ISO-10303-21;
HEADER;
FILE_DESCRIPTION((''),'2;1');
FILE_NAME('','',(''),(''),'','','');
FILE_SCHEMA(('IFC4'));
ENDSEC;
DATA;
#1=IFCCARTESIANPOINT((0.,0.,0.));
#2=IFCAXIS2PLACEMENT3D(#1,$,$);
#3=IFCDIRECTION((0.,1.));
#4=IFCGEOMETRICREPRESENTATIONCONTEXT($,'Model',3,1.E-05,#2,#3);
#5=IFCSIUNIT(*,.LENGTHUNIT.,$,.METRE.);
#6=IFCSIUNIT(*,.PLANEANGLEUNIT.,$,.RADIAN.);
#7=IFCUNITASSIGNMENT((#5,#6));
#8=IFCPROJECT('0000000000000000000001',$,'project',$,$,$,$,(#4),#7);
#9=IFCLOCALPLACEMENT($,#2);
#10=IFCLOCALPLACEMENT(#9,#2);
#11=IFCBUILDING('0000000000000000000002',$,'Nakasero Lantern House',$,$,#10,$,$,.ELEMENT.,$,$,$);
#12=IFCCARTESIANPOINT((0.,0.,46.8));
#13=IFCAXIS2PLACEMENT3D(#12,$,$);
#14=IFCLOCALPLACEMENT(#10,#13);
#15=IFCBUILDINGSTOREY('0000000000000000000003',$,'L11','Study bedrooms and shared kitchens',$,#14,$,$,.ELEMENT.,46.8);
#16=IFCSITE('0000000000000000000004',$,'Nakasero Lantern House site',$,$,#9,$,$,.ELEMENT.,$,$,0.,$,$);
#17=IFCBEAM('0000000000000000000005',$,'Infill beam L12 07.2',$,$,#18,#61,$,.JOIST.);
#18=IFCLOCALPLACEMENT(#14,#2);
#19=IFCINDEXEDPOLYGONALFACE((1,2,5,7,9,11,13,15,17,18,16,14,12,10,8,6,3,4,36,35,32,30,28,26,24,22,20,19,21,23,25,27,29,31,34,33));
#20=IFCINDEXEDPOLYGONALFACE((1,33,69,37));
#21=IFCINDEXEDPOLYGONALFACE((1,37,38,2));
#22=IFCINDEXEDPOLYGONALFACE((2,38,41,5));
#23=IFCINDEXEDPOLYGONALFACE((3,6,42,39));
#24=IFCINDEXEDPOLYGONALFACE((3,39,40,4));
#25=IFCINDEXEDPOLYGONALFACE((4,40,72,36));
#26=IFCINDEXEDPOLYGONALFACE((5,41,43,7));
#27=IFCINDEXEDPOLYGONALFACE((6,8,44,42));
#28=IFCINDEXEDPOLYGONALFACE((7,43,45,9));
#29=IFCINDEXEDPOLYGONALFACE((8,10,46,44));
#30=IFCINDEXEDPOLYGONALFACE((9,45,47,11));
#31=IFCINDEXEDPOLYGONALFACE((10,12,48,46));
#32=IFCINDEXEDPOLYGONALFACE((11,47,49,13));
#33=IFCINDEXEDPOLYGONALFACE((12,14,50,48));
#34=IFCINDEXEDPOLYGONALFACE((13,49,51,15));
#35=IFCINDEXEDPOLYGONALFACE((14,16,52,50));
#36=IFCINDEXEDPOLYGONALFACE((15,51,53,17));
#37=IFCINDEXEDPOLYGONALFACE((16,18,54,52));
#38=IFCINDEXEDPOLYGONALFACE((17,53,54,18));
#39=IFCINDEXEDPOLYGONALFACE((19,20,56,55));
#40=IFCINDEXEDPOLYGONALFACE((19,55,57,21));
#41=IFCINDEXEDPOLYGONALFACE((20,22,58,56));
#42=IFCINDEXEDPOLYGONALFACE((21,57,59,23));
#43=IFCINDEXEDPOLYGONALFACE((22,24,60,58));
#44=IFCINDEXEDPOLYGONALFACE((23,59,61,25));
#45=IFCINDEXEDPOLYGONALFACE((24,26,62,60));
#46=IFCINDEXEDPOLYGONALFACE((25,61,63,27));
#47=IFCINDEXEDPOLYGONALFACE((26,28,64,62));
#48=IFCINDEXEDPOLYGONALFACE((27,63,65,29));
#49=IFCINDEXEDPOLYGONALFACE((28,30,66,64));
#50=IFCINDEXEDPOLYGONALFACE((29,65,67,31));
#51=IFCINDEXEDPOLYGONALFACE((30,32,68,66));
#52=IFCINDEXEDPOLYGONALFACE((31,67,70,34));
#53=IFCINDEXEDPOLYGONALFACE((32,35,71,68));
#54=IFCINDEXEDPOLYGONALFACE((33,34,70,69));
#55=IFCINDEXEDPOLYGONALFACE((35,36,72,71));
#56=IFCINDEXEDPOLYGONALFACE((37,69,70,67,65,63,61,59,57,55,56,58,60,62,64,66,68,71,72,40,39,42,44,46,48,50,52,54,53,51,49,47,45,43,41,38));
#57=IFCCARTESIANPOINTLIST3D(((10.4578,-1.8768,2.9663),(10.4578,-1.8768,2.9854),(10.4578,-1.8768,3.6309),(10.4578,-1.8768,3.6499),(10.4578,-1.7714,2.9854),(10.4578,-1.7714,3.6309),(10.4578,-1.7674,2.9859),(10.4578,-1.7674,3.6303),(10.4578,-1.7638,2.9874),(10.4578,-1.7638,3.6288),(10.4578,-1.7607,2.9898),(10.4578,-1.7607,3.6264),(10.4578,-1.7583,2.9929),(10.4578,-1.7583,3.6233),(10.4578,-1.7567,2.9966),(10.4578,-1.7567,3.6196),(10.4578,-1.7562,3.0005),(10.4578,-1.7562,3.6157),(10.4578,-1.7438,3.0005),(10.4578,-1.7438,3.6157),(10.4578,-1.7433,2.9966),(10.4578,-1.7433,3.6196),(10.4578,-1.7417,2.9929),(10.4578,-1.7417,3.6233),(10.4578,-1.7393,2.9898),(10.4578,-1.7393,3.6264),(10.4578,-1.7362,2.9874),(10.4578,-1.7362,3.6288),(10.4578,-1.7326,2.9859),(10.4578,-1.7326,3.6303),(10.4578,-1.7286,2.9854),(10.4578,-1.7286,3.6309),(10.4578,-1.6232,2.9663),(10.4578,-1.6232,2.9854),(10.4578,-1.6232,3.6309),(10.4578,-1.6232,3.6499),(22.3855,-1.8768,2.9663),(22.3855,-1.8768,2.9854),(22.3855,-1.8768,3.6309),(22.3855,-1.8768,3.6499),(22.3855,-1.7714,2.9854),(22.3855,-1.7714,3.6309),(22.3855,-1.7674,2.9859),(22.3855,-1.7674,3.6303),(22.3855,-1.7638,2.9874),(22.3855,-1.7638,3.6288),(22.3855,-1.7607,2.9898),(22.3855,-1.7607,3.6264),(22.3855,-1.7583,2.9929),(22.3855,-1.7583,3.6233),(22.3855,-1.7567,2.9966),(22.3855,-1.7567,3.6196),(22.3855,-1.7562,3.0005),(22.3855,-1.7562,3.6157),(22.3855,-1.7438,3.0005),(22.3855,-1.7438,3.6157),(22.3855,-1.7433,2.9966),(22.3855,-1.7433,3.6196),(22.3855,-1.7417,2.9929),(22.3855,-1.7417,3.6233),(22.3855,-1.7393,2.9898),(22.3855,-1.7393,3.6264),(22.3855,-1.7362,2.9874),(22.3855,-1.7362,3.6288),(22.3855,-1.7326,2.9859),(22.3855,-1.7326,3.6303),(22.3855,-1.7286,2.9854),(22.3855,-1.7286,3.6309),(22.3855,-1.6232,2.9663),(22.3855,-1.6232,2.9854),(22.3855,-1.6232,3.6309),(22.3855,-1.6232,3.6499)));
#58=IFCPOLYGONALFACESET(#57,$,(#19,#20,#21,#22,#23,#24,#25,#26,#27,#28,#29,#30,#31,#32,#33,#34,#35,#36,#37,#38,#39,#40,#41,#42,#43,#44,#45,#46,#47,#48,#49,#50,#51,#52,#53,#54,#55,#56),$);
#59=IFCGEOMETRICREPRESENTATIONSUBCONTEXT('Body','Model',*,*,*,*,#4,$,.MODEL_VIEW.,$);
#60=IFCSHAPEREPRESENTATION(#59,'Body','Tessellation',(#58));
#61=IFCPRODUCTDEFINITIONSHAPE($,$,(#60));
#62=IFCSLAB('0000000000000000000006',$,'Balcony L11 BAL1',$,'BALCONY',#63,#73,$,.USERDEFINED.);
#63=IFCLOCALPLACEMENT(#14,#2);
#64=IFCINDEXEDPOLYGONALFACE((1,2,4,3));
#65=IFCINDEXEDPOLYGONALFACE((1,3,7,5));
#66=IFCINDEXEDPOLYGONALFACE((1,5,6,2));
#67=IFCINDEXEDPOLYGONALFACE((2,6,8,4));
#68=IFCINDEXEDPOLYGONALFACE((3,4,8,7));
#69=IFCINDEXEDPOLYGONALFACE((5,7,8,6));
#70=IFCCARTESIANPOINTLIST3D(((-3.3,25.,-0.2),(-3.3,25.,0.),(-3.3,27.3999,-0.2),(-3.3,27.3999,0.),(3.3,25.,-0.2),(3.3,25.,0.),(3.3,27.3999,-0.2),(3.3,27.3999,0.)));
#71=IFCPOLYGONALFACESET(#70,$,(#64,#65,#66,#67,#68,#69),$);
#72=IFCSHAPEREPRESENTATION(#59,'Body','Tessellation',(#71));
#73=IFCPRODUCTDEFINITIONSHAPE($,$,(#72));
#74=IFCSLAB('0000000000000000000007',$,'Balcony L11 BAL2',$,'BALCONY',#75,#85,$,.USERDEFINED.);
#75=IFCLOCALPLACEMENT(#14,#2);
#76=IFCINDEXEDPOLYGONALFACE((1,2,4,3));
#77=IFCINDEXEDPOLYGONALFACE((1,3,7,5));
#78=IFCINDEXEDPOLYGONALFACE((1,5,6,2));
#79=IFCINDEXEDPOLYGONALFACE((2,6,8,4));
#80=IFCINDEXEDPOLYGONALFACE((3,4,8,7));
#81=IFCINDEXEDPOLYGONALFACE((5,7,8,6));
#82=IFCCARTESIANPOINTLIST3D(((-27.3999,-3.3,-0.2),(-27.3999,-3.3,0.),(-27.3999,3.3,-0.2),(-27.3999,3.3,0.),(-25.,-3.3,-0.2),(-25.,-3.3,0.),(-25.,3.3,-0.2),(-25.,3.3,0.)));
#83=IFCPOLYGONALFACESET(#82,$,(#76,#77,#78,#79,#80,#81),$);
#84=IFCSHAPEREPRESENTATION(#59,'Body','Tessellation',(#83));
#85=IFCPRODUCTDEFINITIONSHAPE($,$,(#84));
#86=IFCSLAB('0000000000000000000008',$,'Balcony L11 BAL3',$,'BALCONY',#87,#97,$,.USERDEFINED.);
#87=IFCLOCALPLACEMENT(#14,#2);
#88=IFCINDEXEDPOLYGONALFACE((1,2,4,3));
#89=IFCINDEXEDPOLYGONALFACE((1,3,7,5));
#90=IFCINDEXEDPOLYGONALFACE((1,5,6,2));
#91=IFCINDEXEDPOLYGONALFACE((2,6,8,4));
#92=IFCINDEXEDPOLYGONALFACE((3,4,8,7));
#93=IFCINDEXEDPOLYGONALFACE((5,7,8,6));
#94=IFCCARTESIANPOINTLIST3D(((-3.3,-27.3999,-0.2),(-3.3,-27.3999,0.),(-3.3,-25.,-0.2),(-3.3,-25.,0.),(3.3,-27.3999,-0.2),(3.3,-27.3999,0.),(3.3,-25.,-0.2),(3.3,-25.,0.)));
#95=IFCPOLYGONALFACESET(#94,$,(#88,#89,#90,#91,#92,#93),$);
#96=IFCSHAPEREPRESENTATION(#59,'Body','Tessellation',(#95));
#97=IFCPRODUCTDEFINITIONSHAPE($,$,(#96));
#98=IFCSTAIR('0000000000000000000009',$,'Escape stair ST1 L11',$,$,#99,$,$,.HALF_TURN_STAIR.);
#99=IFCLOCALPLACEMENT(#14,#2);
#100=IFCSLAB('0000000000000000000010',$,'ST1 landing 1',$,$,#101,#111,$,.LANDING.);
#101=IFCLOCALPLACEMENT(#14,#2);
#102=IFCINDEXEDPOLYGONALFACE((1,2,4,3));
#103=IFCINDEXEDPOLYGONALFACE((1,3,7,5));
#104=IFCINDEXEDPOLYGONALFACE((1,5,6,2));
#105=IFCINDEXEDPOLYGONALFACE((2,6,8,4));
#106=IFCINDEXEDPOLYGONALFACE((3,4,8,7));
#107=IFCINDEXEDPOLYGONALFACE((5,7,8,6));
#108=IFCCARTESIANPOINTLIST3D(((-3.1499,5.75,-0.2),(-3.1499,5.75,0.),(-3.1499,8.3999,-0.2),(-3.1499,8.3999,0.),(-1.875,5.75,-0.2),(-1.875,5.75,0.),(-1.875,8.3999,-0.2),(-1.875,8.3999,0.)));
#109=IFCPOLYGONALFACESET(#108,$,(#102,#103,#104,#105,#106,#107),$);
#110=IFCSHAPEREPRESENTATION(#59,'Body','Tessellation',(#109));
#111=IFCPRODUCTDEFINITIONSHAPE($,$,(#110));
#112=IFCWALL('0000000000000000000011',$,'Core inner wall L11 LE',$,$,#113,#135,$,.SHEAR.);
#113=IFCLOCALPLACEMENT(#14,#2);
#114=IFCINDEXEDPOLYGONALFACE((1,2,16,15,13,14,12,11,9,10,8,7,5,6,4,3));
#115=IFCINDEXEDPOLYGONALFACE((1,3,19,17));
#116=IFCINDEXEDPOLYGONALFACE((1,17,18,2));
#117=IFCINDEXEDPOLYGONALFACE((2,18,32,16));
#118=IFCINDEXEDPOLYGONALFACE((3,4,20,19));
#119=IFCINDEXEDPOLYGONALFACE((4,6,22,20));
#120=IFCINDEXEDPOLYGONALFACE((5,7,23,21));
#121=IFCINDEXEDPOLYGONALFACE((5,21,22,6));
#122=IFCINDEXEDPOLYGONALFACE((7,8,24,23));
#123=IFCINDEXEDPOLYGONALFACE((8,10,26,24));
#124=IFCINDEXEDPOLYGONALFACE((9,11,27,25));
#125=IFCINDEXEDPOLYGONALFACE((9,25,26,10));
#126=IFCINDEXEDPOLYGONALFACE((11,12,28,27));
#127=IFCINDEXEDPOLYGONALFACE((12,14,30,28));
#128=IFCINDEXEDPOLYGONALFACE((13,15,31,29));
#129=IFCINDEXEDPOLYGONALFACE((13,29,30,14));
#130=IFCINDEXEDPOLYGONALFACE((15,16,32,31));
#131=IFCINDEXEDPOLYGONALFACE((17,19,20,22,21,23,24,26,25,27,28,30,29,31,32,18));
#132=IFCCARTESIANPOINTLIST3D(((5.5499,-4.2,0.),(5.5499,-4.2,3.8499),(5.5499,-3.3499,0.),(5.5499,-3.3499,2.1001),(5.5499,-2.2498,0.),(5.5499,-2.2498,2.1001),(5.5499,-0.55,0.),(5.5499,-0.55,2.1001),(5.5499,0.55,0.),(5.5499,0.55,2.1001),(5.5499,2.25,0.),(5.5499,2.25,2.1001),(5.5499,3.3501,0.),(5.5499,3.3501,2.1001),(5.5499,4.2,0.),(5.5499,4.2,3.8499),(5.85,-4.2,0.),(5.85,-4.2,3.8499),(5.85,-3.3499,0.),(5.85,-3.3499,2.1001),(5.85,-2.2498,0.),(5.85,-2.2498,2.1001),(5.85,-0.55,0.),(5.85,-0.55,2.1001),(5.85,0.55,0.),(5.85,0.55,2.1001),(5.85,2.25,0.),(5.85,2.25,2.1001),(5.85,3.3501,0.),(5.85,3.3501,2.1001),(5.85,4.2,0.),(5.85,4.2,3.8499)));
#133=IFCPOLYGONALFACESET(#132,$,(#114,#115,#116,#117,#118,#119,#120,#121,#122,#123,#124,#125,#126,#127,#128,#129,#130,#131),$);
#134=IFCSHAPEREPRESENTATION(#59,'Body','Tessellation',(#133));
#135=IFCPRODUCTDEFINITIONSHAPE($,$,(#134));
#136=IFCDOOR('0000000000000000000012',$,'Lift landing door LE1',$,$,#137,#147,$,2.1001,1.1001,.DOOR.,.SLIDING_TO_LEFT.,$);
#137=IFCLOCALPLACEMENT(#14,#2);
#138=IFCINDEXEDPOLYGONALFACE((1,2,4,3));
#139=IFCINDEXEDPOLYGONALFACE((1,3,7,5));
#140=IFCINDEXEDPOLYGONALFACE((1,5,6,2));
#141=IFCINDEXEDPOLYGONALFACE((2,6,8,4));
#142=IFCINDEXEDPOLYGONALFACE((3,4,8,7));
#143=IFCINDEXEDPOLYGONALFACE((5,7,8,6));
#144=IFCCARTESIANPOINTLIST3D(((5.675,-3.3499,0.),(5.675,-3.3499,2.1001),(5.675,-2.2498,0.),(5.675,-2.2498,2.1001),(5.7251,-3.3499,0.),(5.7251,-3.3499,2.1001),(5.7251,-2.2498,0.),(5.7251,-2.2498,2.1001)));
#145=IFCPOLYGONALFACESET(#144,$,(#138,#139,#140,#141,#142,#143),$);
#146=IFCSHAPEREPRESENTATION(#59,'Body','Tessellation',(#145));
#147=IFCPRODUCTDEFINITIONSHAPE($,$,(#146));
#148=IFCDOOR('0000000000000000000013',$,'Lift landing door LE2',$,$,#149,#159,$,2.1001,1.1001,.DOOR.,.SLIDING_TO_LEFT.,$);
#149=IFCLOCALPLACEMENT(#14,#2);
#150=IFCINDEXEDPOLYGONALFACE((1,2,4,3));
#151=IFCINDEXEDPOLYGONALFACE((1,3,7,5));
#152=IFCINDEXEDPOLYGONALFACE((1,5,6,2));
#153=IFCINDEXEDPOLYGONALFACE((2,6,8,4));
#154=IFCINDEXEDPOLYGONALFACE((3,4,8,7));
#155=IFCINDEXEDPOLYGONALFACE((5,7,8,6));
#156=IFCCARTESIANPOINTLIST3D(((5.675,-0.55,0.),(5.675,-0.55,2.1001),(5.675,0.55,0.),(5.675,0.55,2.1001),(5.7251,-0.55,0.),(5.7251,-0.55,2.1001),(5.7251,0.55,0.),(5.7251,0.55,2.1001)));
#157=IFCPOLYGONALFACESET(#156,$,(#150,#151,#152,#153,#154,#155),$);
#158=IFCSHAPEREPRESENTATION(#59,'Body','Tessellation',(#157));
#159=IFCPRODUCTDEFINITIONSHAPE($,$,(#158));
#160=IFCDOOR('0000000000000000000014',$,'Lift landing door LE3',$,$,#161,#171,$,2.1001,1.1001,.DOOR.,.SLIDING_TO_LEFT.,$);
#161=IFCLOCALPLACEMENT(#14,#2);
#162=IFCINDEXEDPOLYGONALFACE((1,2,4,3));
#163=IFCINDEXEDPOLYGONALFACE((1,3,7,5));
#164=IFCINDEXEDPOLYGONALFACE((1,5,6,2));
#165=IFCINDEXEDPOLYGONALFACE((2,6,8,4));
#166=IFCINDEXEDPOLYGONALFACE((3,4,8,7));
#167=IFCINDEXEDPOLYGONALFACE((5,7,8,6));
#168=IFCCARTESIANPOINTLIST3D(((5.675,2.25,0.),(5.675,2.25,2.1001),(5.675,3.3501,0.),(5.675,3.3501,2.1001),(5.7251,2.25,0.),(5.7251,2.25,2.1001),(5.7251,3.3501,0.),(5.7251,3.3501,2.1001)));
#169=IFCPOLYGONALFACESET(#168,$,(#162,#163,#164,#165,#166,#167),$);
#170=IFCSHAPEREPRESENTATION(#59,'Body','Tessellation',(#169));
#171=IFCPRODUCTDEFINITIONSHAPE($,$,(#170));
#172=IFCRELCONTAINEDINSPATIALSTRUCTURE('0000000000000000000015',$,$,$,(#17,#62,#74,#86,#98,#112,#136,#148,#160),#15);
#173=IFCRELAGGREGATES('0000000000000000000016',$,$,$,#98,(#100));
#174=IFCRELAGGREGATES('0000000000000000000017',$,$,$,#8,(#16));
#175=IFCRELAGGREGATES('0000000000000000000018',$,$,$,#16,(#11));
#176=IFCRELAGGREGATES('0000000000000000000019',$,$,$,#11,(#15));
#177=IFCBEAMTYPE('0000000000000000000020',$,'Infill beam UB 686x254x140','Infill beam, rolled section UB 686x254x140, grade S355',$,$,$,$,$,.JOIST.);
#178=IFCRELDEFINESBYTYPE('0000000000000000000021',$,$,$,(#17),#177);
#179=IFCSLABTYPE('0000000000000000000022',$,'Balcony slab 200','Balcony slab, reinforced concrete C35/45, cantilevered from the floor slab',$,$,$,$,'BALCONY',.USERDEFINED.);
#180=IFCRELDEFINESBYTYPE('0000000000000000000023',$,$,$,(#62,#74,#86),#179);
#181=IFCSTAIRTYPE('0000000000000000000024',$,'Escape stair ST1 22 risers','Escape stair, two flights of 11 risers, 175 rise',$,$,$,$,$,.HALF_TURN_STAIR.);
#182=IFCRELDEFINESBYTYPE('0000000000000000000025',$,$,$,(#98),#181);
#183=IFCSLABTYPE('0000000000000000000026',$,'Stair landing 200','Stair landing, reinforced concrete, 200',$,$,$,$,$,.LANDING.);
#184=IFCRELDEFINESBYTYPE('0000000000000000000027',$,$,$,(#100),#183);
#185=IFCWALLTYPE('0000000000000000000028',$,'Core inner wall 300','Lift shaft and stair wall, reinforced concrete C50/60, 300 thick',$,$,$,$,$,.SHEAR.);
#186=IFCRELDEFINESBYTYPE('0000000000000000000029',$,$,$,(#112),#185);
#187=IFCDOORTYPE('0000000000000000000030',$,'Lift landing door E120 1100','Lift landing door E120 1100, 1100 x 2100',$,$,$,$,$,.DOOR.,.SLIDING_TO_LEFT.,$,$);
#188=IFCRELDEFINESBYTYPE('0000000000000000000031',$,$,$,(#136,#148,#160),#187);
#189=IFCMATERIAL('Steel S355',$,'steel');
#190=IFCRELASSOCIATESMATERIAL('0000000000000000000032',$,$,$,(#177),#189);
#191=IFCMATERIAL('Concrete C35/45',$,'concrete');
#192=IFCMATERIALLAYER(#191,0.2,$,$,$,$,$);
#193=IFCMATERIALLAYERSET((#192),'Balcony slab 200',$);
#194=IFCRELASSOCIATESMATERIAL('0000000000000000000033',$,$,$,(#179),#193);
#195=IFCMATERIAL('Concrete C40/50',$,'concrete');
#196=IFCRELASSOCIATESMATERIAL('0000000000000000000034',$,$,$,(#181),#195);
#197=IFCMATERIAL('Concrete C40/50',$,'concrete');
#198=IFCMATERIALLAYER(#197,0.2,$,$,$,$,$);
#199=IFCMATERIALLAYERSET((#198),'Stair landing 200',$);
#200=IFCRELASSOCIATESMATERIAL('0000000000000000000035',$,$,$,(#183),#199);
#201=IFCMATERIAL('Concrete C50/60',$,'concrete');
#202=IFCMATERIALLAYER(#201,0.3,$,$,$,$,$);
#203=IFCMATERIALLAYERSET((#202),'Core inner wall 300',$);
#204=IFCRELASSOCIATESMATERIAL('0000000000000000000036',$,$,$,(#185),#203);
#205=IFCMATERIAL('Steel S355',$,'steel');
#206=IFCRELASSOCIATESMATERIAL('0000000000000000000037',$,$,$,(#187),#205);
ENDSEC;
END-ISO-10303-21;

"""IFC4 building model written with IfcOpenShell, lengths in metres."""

from ifc_helpers import new_model, si_unit, direction, frame, frame_2d, origin, origin_2d, place, context, subcontext, project, spatial, polyline, rectangle, i_section, outline, extrude, material, layer, layer_set, material_profile, profile_set, type_object, element, fill, aggregate, save


model = new_model("IFC4")

# Units and contexts
model_context = context("Model", 3, precision=1e-05, world=origin(), true_north=direction((0.0, 1.0)))
body_context = subcontext(model_context, "Body", "Model", "MODEL_VIEW")
ifc_project = project(units=[si_unit("LENGTHUNIT", "METRE"), si_unit("PLANEANGLEUNIT", "RADIAN")], contexts=[model_context])

# Site, building, storey
site_placement = place(None, origin())
site = spatial("IfcSite", under=ifc_project, at=site_placement, Name="Nakasero Lantern House site", CompositionType="ELEMENT", RefElevation=0.0)
building_placement = place(site_placement, origin())
building = spatial("IfcBuilding", under=site, at=building_placement, Name="Nakasero Lantern House", CompositionType="ELEMENT")
storey_placement = place(building_placement, frame((0.0, 0.0, 46.8)))
storey = spatial("IfcBuildingStorey", under=building, at=storey_placement, Name="L11", Description="Study bedrooms and shared kitchens", CompositionType="ELEMENT", Elevation=46.8)

# Beam
ifc_material_1 = material(Name="Steel S355", Category="steel")
ifc_material_profile_1 = material_profile(ifc_material_1, i_section(OverallWidth=0.2537, OverallDepth=0.6836, WebThickness=0.0125, FlangeThickness=0.019, FilletRadius=0.0151, at=origin_2d()), Name="UB 686x254x140")
ifc_profile_set_1 = profile_set([ifc_material_profile_1], Name="Steel S355")
beam_type_1 = type_object("IfcBeamType", Name="Infill beam UB 686x254x140", Description="Infill beam, rolled section UB 686x254x140, grade S355", PredefinedType="JOIST", material=ifc_profile_set_1)
beam_1_placement = place(storey_placement, frame((10.4578, -1.75, 3.3081), z_axis=(1.0, 0.0, 0.0), x_axis=(0.0, 1.0, 0.0)))
element("IfcBeam", 1, at=beam_1_placement, inside=storey, type_object=beam_type_1, Name="Infill beam L12 07.2", PredefinedType="JOIST", context=body_context, shape_type="SweptSolid", body=[
    extrude(i_section(OverallWidth=0.2537, OverallDepth=0.6836, WebThickness=0.0125, FlangeThickness=0.019, FilletRadius=0.0151, at=origin_2d()), origin(), (0.0, 0.0, 1.0), 11.9277),
])

# Slabs
ifc_material_2 = material(Name="Concrete C35/45", Category="concrete")
ifc_layer_1 = layer(ifc_material_2, 0.2)
ifc_layer_set_1 = layer_set([ifc_layer_1], Name="Balcony slab 200")
slab_type_1 = type_object("IfcSlabType", Name="Balcony slab 200", Description="Balcony slab, reinforced concrete C35/45, cantilevered from the floor slab", ElementType="BALCONY", PredefinedType="USERDEFINED", material=ifc_layer_set_1)
slab_1_placement = place(storey_placement, frame((0.0, 0.0, -0.2)))
element("IfcSlab", 2, at=slab_1_placement, inside=storey, type_object=slab_type_1, Name="Balcony L11 BAL1", ObjectType="BALCONY", PredefinedType="USERDEFINED", context=body_context, shape_type="SweptSolid", body=[
    extrude(outline(polyline([(3.3, 25.0), (3.3, 27.3999), (-3.3, 27.3999), (-3.3, 25.0), (3.3, 25.0)])), origin(), (0.0, 0.0, 1.0), 0.2),
])
slab_2_placement = place(storey_placement, frame((0.0, 0.0, -0.2)))
element("IfcSlab", 3, at=slab_2_placement, inside=storey, type_object=slab_type_1, Name="Balcony L11 BAL2", ObjectType="BALCONY", PredefinedType="USERDEFINED", context=body_context, shape_type="SweptSolid", body=[
    extrude(outline(polyline([(-25.0, 3.3), (-27.3999, 3.3), (-27.3999, -3.3), (-25.0, -3.3), (-25.0, 3.3)])), origin(), (0.0, 0.0, 1.0), 0.2),
])
slab_3_placement = place(storey_placement, frame((0.0, 0.0, -0.2)))
element("IfcSlab", 4, at=slab_3_placement, inside=storey, type_object=slab_type_1, Name="Balcony L11 BAL3", ObjectType="BALCONY", PredefinedType="USERDEFINED", context=body_context, shape_type="SweptSolid", body=[
    extrude(outline(polyline([(-3.3, -25.0), (-3.3, -27.3999), (3.3, -27.3999), (3.3, -25.0), (-3.3, -25.0)])), origin(), (0.0, 0.0, 1.0), 0.2),
])

# Stair, slab
ifc_material_3 = material(Name="Concrete C40/50", Category="concrete")
stair_type_1 = type_object("IfcStairType", Name="Escape stair ST1 22 risers", Description="Escape stair, two flights of 11 risers, 175 rise", PredefinedType="HALF_TURN_STAIR", material=ifc_material_3)
stair_1_placement = place(storey_placement, origin())
stair_1 = element("IfcStair", 5, at=stair_1_placement, inside=storey, type_object=stair_type_1, Name="Escape stair ST1 L11", PredefinedType="HALF_TURN_STAIR")
ifc_material_4 = material(Name="Concrete C40/50", Category="concrete")
ifc_layer_2 = layer(ifc_material_4, 0.2)
ifc_layer_set_2 = layer_set([ifc_layer_2], Name="Stair landing 200")
slab_type_2 = type_object("IfcSlabType", Name="Stair landing 200", Description="Stair landing, reinforced concrete, 200", PredefinedType="LANDING", material=ifc_layer_set_2)
slab_4_placement = place(storey_placement, frame((0.0, 0.0, -0.2)))
slab_4 = element("IfcSlab", 6, at=slab_4_placement, type_object=slab_type_2, Name="ST1 landing 1", PredefinedType="LANDING", context=body_context, shape_type="SweptSolid", body=[
    extrude(outline(polyline([(-3.1499, 5.75), (-1.875, 5.75), (-1.875, 8.3999), (-3.1499, 8.3999), (-3.1499, 5.75)])), origin(), (0.0, 0.0, 1.0), 0.2),
])
aggregate(stair_1, [slab_4])

# Wall, openings, doors
ifc_material_5 = material(Name="Concrete C50/60", Category="concrete")
ifc_layer_3 = layer(ifc_material_5, 0.3)
ifc_layer_set_3 = layer_set([ifc_layer_3], Name="Core inner wall 300")
wall_type_1 = type_object("IfcWallType", Name="Core inner wall 300", Description="Lift shaft and stair wall, reinforced concrete C50/60, 300 thick", PredefinedType="SHEAR", material=ifc_layer_set_3)
wall_1_placement = place(storey_placement, frame((5.7, -4.2, 0.0), z_axis=(0.0, 0.0, 1.0), x_axis=(0.0, 1.0, 0.0)))
wall_1 = element("IfcWall", 7, at=wall_1_placement, inside=storey, type_object=wall_type_1, Name="Core inner wall L11 LE", PredefinedType="SHEAR", context=body_context, shape_type="SweptSolid", body=[
    extrude(rectangle(XDim=8.3999, YDim=0.3, at=frame_2d((4.2, 0.0))), origin(), (0.0, 0.0, 1.0), 3.8499),
])
opening_1_placement = place(wall_1_placement, frame((0.8501, 0.0, 0.0)))
opening_1 = element("IfcOpeningElement", 8, at=opening_1_placement, cuts=wall_1, PredefinedType="OPENING", context=body_context, shape_type="SweptSolid", body=[
    extrude(rectangle(XDim=1.1001, YDim=2.1001, at=frame_2d((0.55, 1.05))), frame((0.0, 0.1699, 0.0), z_axis=(0.0, -1.0, 0.0), x_axis=(1.0, 0.0, 0.0)), (0.0, 0.0, 1.0), 0.3401),
])
opening_2_placement = place(wall_1_placement, frame((3.6499, 0.0, 0.0)))
opening_2 = element("IfcOpeningElement", 9, at=opening_2_placement, cuts=wall_1, PredefinedType="OPENING", context=body_context, shape_type="SweptSolid", body=[
    extrude(rectangle(XDim=1.1001, YDim=2.1001, at=frame_2d((0.55, 1.05))), frame((0.0, 0.1699, 0.0), z_axis=(0.0, -1.0, 0.0), x_axis=(1.0, 0.0, 0.0)), (0.0, 0.0, 1.0), 0.3401),
])
opening_3_placement = place(wall_1_placement, frame((6.45, 0.0, 0.0)))
opening_3 = element("IfcOpeningElement", 10, at=opening_3_placement, cuts=wall_1, PredefinedType="OPENING", context=body_context, shape_type="SweptSolid", body=[
    extrude(rectangle(XDim=1.1001, YDim=2.1001, at=frame_2d((0.55, 1.05))), frame((0.0, 0.1699, 0.0), z_axis=(0.0, -1.0, 0.0), x_axis=(1.0, 0.0, 0.0)), (0.0, 0.0, 1.0), 0.3401),
])
ifc_material_6 = material(Name="Steel S355", Category="steel")
door_type_1 = type_object("IfcDoorType", Name="Lift landing door E120 1100", Description="Lift landing door E120 1100, 1100 x 2100", OperationType="SLIDING_TO_LEFT", PredefinedType="DOOR", material=ifc_material_6)
door_1_placement = place(opening_1_placement, origin())
door_1 = element("IfcDoor", 11, at=door_1_placement, inside=storey, type_object=door_type_1, Name="Lift landing door LE1", OperationType="SLIDING_TO_LEFT", OverallHeight=2.1001, OverallWidth=1.1001, PredefinedType="DOOR", context=body_context, shape_type="SweptSolid", body=[
    extrude(rectangle(XDim=1.1001, YDim=2.1001, at=frame_2d((0.55, 1.05))), frame((0.0, 0.0249, 0.0), z_axis=(0.0, -1.0, 0.0), x_axis=(1.0, 0.0, 0.0)), (0.0, 0.0, 1.0), 0.05),
])
fill(opening_1, door_1)
door_2_placement = place(opening_2_placement, origin())
door_2 = element("IfcDoor", 12, at=door_2_placement, inside=storey, type_object=door_type_1, Name="Lift landing door LE2", OperationType="SLIDING_TO_LEFT", OverallHeight=2.1001, OverallWidth=1.1001, PredefinedType="DOOR", context=body_context, shape_type="SweptSolid", body=[
    extrude(rectangle(XDim=1.1001, YDim=2.1001, at=frame_2d((0.55, 1.05))), frame((0.0, 0.0249, 0.0), z_axis=(0.0, -1.0, 0.0), x_axis=(1.0, 0.0, 0.0)), (0.0, 0.0, 1.0), 0.05),
])
fill(opening_2, door_2)
door_3_placement = place(opening_3_placement, origin())
door_3 = element("IfcDoor", 13, at=door_3_placement, inside=storey, type_object=door_type_1, Name="Lift landing door LE3", OperationType="SLIDING_TO_LEFT", OverallHeight=2.1001, OverallWidth=1.1001, PredefinedType="DOOR", context=body_context, shape_type="SweptSolid", body=[
    extrude(rectangle(XDim=1.1001, YDim=2.1001, at=frame_2d((0.55, 1.05))), frame((0.0, 0.0249, 0.0), z_axis=(0.0, -1.0, 0.0), x_axis=(1.0, 0.0, 0.0)), (0.0, 0.0, 1.0), 0.05),
])
fill(opening_3, door_3)

save(model, "model.ifc")
